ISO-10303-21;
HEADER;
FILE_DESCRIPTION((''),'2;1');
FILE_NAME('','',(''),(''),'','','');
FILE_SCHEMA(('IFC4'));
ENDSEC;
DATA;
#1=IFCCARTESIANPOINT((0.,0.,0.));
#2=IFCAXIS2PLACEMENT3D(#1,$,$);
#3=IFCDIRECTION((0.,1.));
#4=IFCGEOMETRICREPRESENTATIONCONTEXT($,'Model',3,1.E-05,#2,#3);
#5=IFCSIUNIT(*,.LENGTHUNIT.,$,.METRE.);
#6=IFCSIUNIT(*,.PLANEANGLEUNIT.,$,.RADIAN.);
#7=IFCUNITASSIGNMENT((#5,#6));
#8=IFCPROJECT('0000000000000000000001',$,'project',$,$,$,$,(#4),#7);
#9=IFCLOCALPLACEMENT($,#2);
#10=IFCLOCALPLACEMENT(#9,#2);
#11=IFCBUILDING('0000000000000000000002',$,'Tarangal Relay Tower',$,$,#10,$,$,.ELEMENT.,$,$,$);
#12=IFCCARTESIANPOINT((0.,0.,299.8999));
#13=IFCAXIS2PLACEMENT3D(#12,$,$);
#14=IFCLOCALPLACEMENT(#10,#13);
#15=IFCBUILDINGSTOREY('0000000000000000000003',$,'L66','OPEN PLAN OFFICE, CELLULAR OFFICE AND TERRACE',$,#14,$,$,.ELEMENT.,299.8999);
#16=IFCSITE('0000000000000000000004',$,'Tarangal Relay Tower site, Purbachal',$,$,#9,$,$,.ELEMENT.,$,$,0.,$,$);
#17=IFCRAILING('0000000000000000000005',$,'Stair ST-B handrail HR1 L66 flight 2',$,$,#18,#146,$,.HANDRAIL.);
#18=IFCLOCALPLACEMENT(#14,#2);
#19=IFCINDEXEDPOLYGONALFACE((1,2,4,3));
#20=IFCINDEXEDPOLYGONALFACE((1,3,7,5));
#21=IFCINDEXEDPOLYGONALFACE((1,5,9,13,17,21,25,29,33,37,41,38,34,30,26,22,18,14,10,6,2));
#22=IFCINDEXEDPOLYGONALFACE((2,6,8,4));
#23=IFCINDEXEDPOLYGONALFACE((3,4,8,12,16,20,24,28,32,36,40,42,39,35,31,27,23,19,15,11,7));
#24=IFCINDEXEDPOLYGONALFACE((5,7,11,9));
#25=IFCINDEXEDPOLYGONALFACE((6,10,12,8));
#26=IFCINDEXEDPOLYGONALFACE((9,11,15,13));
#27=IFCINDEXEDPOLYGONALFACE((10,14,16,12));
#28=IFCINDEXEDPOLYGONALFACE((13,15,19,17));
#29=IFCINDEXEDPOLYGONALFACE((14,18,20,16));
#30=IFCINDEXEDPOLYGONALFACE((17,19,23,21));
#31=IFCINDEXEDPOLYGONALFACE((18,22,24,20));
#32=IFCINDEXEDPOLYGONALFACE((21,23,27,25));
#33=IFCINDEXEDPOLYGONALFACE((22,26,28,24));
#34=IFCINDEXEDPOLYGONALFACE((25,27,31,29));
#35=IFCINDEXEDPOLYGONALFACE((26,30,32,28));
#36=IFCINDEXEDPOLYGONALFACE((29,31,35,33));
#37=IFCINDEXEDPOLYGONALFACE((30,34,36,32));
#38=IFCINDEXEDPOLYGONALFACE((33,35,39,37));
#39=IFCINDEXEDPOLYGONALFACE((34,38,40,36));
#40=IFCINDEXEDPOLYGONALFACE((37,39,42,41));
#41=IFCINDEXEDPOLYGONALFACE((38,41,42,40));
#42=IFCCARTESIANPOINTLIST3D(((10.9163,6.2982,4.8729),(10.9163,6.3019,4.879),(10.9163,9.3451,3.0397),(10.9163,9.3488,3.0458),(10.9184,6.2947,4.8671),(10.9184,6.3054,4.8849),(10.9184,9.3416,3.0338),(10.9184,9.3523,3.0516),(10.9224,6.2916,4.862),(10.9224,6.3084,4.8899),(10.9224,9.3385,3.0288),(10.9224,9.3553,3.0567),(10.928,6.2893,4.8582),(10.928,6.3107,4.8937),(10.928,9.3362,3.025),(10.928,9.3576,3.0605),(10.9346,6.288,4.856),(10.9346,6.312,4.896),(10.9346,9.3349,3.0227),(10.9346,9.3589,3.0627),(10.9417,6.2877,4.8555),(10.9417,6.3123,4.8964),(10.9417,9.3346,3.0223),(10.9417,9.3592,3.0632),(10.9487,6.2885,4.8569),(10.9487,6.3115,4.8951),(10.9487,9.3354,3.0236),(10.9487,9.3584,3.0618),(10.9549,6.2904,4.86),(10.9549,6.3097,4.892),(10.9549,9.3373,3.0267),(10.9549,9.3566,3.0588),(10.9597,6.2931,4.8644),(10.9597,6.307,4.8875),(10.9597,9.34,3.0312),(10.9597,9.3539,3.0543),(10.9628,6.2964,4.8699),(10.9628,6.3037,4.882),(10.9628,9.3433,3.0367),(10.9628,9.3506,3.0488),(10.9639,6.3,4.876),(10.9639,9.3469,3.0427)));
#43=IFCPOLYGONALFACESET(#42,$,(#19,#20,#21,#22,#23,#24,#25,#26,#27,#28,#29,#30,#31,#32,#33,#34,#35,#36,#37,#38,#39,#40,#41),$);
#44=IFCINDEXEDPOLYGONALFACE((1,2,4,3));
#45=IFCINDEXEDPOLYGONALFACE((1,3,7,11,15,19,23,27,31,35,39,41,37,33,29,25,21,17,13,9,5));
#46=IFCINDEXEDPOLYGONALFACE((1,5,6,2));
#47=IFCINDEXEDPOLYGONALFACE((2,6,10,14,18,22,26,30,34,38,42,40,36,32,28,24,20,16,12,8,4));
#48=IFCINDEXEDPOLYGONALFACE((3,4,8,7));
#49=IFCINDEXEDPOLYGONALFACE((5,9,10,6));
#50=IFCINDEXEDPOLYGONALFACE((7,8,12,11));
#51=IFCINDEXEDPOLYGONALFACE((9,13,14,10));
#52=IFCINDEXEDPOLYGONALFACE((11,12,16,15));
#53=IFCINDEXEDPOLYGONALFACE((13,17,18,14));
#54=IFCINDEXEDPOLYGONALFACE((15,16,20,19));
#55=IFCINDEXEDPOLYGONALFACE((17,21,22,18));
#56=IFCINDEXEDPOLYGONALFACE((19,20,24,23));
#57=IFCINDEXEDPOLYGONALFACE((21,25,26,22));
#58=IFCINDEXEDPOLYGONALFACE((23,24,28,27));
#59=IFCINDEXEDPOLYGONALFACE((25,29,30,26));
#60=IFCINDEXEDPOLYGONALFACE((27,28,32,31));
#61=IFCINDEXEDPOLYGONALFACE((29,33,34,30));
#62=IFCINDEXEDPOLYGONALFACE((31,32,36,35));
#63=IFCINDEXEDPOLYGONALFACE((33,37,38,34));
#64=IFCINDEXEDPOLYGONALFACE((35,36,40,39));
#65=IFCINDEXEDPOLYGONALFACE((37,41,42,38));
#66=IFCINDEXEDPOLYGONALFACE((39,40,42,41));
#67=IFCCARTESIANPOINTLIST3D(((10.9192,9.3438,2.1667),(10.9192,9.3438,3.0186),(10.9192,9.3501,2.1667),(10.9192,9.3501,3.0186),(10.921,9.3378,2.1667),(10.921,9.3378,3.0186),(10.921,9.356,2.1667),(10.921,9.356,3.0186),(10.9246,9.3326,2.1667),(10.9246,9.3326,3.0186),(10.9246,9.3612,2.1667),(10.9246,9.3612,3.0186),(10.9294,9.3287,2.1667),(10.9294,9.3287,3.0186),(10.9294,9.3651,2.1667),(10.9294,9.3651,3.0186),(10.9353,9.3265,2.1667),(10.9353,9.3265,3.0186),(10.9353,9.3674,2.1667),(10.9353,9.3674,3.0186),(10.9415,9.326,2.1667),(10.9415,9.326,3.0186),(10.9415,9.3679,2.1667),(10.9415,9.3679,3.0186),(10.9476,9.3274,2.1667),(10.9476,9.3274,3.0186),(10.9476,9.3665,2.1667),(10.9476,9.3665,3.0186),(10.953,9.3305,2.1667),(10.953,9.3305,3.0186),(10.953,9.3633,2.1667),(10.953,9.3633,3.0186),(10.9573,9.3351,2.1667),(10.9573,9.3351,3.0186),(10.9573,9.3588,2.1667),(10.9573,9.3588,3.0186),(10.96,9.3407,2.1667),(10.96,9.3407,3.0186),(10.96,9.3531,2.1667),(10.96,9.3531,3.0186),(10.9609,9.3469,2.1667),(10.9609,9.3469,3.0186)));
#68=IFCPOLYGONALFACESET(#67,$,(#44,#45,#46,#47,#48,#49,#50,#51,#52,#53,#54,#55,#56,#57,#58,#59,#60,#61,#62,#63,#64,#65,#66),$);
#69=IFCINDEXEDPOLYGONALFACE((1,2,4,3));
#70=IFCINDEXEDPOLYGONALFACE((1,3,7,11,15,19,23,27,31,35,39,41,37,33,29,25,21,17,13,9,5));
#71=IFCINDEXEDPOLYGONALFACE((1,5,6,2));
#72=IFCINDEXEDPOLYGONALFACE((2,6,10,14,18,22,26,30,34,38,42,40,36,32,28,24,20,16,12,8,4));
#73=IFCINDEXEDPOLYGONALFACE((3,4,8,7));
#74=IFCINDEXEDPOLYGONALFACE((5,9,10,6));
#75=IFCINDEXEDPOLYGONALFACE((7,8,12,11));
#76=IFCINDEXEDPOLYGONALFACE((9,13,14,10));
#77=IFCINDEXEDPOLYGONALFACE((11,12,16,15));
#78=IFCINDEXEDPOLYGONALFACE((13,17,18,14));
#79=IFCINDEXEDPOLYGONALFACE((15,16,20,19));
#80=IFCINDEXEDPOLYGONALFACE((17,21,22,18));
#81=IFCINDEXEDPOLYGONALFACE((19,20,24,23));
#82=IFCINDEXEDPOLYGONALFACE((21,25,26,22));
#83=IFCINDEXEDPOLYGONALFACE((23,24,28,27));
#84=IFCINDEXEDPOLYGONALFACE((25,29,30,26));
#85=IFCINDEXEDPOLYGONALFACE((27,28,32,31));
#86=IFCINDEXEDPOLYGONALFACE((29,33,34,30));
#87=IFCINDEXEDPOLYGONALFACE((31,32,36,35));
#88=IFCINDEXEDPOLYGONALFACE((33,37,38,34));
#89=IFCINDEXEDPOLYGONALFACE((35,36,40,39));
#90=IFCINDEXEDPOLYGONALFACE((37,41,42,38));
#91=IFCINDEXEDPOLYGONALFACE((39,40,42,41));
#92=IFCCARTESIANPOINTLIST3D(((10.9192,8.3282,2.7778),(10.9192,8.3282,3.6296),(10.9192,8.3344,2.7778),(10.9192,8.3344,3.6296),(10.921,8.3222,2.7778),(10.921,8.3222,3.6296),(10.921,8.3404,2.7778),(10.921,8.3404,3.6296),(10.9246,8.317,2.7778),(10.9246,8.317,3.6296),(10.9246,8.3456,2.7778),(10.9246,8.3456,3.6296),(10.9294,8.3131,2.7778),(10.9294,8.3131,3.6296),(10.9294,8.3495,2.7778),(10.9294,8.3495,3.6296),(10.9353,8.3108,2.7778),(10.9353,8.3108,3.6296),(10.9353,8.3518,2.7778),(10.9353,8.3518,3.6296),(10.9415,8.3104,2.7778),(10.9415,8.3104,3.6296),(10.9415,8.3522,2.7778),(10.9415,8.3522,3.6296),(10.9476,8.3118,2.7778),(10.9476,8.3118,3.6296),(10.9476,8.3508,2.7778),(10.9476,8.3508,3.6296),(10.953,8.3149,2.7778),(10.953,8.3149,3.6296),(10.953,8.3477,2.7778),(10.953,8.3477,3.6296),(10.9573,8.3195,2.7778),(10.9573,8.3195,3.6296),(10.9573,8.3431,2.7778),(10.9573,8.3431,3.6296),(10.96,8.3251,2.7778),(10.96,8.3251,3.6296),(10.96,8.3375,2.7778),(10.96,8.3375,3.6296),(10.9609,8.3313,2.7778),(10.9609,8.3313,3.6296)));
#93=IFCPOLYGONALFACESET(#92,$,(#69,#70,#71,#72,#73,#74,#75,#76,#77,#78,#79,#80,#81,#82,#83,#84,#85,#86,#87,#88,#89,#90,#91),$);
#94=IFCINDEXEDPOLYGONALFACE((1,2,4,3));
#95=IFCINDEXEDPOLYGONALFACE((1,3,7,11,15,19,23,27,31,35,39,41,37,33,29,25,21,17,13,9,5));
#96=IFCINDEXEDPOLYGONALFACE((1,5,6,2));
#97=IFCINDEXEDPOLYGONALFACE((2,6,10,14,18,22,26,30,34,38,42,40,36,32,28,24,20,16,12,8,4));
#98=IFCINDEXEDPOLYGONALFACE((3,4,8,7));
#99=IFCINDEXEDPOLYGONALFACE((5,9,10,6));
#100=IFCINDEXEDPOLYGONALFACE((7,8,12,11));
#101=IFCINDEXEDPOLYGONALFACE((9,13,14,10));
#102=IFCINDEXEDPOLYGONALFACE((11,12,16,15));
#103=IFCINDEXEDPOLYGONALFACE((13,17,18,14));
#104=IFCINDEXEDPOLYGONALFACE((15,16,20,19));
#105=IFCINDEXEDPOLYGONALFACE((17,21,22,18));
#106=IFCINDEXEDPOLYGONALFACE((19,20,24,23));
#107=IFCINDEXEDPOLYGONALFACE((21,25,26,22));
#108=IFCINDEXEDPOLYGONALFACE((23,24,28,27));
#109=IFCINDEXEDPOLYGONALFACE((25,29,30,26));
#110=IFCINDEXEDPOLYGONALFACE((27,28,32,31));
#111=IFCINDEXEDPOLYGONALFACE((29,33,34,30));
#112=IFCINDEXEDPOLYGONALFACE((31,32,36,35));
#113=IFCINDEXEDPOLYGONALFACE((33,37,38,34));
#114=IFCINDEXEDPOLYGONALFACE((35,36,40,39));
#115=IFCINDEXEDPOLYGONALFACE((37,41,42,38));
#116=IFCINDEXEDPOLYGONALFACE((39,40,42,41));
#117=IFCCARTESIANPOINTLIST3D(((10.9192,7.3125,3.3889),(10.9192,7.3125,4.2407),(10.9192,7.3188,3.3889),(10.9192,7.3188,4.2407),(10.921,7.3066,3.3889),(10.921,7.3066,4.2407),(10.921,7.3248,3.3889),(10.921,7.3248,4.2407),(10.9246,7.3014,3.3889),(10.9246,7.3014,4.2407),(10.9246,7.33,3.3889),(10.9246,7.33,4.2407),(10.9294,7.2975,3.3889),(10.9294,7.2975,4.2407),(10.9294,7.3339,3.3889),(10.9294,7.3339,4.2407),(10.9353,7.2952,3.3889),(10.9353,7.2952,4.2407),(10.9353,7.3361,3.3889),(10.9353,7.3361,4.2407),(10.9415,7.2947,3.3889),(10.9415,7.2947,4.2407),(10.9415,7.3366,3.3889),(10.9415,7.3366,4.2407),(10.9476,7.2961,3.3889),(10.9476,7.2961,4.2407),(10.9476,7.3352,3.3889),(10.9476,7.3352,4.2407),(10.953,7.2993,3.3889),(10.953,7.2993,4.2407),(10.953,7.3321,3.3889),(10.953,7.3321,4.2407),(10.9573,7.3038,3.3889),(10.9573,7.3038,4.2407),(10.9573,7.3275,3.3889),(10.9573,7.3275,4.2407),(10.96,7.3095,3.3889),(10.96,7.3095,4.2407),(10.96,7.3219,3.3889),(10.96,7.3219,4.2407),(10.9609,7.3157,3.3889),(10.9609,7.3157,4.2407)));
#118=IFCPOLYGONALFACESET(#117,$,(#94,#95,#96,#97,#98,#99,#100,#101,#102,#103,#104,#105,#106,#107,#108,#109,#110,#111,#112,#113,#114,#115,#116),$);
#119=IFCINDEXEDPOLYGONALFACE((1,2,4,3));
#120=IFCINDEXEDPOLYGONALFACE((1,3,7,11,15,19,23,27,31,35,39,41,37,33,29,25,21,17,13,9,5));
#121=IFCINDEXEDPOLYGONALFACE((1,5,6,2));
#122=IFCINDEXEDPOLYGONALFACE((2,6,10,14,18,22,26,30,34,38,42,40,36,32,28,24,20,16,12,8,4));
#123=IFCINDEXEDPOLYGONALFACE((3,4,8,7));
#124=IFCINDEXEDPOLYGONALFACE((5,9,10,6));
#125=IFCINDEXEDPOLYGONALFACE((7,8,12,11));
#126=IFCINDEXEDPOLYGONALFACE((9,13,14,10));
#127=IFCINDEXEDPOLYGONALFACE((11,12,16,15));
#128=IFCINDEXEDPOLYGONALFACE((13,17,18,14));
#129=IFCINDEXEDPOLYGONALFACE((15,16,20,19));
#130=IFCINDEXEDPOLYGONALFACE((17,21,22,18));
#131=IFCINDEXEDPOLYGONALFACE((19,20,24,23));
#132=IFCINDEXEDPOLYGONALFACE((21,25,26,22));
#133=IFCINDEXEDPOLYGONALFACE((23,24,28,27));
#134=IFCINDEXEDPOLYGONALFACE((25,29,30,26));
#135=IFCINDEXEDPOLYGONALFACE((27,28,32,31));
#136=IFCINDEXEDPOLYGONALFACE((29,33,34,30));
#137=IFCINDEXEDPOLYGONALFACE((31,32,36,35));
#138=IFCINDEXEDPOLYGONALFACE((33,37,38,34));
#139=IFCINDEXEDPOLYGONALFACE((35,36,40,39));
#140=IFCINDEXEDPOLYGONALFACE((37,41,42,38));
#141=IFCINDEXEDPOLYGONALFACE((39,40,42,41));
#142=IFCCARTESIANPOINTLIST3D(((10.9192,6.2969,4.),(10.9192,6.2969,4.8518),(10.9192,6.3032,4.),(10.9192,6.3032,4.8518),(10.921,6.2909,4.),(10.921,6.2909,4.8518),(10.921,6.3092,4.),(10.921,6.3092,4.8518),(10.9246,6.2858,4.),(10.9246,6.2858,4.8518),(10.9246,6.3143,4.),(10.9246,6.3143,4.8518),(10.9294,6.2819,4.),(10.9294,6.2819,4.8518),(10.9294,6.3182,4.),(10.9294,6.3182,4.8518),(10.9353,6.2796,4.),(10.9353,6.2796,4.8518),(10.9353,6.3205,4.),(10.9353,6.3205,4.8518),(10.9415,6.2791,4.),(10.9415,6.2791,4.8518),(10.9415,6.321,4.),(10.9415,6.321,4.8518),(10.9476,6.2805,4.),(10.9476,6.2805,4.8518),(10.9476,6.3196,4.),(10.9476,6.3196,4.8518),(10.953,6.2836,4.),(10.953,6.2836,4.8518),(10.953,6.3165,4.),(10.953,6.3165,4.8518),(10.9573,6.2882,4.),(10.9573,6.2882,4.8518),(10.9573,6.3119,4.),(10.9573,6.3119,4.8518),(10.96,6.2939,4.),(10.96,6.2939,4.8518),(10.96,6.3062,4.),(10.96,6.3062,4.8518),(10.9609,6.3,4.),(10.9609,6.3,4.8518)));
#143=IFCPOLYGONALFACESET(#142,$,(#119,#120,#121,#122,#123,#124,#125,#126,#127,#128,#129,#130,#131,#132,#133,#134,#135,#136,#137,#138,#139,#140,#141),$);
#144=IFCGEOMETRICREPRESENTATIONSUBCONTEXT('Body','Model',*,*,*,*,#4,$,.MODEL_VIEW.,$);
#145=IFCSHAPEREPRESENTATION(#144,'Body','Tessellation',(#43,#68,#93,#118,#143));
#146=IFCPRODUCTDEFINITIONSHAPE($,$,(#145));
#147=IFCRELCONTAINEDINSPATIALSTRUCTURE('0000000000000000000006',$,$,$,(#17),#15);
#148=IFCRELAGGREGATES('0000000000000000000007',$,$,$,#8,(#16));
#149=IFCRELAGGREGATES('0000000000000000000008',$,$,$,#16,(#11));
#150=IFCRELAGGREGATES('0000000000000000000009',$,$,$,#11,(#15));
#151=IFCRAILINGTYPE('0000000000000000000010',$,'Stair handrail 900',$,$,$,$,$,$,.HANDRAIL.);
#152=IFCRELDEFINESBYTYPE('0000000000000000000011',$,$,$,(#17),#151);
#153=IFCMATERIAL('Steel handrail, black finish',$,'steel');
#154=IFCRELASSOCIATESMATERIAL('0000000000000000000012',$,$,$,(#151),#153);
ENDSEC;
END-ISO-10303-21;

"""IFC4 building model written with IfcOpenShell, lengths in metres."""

from ifc_helpers import new_model, si_unit, direction, frame, origin, origin_2d, place, context, subcontext, project, spatial, circle, extrude, material, type_object, element, save


model = new_model("IFC4")

# Units and contexts
model_context = context("Model", 3, precision=1e-05, world=origin(), true_north=direction((0.0, 1.0)))
body_context = subcontext(model_context, "Body", "Model", "MODEL_VIEW")
ifc_project = project(units=[si_unit("LENGTHUNIT", "METRE"), si_unit("PLANEANGLEUNIT", "RADIAN")], contexts=[model_context])

# Site, building, storey
site_placement = place(None, origin())
site = spatial("IfcSite", under=ifc_project, at=site_placement, Name="Tarangal Relay Tower site, Purbachal", CompositionType="ELEMENT", RefElevation=0.0)
building_placement = place(site_placement, origin())
building = spatial("IfcBuilding", under=site, at=building_placement, Name="Tarangal Relay Tower", CompositionType="ELEMENT")
storey_placement = place(building_placement, frame((0.0, 0.0, 299.8999)))
storey = spatial("IfcBuildingStorey", under=building, at=storey_placement, Name="L66", Description="OPEN PLAN OFFICE, CELLULAR OFFICE AND TERRACE", CompositionType="ELEMENT", Elevation=299.8999)

# Railing
ifc_material_1 = material(Name="Steel handrail, black finish", Category="steel")
railing_type = type_object("IfcRailingType", Name="Stair handrail 900", PredefinedType="HANDRAIL", material=ifc_material_1)
railing_placement = place(storey_placement, frame((10.9399, 9.3469, 2.1667)))
element("IfcRailing", 1, at=railing_placement, inside=storey, type_object=railing_type, Name="Stair ST-B handrail HR1 L66 flight 2", PredefinedType="HANDRAIL", context=body_context, shape_type="SweptSolid", body=[
    extrude(circle(Radius=0.0239, at=origin_2d()), frame((0.0, 0.0, 0.876), z_axis=(0.0, -0.856856, 0.515556), x_axis=(1.0, 0.0, 0.0)), (0.0, 0.0, 1.0), 3.5559),
    extrude(circle(Radius=0.021, at=origin_2d()), origin(), (0.0, 0.0, 1.0), 0.8518),
    extrude(circle(Radius=0.021, at=origin_2d()), frame((0.0, -1.0156, 0.6111)), (0.0, 0.0, 1.0), 0.8518),
    extrude(circle(Radius=0.021, at=origin_2d()), frame((0.0, -2.0312, 1.2222)), (0.0, 0.0, 1.0), 0.8518),
    extrude(circle(Radius=0.021, at=origin_2d()), frame((0.0, -3.0469, 1.8333)), (0.0, 0.0, 1.0), 0.8518),
])

save(model, "model.ifc")
